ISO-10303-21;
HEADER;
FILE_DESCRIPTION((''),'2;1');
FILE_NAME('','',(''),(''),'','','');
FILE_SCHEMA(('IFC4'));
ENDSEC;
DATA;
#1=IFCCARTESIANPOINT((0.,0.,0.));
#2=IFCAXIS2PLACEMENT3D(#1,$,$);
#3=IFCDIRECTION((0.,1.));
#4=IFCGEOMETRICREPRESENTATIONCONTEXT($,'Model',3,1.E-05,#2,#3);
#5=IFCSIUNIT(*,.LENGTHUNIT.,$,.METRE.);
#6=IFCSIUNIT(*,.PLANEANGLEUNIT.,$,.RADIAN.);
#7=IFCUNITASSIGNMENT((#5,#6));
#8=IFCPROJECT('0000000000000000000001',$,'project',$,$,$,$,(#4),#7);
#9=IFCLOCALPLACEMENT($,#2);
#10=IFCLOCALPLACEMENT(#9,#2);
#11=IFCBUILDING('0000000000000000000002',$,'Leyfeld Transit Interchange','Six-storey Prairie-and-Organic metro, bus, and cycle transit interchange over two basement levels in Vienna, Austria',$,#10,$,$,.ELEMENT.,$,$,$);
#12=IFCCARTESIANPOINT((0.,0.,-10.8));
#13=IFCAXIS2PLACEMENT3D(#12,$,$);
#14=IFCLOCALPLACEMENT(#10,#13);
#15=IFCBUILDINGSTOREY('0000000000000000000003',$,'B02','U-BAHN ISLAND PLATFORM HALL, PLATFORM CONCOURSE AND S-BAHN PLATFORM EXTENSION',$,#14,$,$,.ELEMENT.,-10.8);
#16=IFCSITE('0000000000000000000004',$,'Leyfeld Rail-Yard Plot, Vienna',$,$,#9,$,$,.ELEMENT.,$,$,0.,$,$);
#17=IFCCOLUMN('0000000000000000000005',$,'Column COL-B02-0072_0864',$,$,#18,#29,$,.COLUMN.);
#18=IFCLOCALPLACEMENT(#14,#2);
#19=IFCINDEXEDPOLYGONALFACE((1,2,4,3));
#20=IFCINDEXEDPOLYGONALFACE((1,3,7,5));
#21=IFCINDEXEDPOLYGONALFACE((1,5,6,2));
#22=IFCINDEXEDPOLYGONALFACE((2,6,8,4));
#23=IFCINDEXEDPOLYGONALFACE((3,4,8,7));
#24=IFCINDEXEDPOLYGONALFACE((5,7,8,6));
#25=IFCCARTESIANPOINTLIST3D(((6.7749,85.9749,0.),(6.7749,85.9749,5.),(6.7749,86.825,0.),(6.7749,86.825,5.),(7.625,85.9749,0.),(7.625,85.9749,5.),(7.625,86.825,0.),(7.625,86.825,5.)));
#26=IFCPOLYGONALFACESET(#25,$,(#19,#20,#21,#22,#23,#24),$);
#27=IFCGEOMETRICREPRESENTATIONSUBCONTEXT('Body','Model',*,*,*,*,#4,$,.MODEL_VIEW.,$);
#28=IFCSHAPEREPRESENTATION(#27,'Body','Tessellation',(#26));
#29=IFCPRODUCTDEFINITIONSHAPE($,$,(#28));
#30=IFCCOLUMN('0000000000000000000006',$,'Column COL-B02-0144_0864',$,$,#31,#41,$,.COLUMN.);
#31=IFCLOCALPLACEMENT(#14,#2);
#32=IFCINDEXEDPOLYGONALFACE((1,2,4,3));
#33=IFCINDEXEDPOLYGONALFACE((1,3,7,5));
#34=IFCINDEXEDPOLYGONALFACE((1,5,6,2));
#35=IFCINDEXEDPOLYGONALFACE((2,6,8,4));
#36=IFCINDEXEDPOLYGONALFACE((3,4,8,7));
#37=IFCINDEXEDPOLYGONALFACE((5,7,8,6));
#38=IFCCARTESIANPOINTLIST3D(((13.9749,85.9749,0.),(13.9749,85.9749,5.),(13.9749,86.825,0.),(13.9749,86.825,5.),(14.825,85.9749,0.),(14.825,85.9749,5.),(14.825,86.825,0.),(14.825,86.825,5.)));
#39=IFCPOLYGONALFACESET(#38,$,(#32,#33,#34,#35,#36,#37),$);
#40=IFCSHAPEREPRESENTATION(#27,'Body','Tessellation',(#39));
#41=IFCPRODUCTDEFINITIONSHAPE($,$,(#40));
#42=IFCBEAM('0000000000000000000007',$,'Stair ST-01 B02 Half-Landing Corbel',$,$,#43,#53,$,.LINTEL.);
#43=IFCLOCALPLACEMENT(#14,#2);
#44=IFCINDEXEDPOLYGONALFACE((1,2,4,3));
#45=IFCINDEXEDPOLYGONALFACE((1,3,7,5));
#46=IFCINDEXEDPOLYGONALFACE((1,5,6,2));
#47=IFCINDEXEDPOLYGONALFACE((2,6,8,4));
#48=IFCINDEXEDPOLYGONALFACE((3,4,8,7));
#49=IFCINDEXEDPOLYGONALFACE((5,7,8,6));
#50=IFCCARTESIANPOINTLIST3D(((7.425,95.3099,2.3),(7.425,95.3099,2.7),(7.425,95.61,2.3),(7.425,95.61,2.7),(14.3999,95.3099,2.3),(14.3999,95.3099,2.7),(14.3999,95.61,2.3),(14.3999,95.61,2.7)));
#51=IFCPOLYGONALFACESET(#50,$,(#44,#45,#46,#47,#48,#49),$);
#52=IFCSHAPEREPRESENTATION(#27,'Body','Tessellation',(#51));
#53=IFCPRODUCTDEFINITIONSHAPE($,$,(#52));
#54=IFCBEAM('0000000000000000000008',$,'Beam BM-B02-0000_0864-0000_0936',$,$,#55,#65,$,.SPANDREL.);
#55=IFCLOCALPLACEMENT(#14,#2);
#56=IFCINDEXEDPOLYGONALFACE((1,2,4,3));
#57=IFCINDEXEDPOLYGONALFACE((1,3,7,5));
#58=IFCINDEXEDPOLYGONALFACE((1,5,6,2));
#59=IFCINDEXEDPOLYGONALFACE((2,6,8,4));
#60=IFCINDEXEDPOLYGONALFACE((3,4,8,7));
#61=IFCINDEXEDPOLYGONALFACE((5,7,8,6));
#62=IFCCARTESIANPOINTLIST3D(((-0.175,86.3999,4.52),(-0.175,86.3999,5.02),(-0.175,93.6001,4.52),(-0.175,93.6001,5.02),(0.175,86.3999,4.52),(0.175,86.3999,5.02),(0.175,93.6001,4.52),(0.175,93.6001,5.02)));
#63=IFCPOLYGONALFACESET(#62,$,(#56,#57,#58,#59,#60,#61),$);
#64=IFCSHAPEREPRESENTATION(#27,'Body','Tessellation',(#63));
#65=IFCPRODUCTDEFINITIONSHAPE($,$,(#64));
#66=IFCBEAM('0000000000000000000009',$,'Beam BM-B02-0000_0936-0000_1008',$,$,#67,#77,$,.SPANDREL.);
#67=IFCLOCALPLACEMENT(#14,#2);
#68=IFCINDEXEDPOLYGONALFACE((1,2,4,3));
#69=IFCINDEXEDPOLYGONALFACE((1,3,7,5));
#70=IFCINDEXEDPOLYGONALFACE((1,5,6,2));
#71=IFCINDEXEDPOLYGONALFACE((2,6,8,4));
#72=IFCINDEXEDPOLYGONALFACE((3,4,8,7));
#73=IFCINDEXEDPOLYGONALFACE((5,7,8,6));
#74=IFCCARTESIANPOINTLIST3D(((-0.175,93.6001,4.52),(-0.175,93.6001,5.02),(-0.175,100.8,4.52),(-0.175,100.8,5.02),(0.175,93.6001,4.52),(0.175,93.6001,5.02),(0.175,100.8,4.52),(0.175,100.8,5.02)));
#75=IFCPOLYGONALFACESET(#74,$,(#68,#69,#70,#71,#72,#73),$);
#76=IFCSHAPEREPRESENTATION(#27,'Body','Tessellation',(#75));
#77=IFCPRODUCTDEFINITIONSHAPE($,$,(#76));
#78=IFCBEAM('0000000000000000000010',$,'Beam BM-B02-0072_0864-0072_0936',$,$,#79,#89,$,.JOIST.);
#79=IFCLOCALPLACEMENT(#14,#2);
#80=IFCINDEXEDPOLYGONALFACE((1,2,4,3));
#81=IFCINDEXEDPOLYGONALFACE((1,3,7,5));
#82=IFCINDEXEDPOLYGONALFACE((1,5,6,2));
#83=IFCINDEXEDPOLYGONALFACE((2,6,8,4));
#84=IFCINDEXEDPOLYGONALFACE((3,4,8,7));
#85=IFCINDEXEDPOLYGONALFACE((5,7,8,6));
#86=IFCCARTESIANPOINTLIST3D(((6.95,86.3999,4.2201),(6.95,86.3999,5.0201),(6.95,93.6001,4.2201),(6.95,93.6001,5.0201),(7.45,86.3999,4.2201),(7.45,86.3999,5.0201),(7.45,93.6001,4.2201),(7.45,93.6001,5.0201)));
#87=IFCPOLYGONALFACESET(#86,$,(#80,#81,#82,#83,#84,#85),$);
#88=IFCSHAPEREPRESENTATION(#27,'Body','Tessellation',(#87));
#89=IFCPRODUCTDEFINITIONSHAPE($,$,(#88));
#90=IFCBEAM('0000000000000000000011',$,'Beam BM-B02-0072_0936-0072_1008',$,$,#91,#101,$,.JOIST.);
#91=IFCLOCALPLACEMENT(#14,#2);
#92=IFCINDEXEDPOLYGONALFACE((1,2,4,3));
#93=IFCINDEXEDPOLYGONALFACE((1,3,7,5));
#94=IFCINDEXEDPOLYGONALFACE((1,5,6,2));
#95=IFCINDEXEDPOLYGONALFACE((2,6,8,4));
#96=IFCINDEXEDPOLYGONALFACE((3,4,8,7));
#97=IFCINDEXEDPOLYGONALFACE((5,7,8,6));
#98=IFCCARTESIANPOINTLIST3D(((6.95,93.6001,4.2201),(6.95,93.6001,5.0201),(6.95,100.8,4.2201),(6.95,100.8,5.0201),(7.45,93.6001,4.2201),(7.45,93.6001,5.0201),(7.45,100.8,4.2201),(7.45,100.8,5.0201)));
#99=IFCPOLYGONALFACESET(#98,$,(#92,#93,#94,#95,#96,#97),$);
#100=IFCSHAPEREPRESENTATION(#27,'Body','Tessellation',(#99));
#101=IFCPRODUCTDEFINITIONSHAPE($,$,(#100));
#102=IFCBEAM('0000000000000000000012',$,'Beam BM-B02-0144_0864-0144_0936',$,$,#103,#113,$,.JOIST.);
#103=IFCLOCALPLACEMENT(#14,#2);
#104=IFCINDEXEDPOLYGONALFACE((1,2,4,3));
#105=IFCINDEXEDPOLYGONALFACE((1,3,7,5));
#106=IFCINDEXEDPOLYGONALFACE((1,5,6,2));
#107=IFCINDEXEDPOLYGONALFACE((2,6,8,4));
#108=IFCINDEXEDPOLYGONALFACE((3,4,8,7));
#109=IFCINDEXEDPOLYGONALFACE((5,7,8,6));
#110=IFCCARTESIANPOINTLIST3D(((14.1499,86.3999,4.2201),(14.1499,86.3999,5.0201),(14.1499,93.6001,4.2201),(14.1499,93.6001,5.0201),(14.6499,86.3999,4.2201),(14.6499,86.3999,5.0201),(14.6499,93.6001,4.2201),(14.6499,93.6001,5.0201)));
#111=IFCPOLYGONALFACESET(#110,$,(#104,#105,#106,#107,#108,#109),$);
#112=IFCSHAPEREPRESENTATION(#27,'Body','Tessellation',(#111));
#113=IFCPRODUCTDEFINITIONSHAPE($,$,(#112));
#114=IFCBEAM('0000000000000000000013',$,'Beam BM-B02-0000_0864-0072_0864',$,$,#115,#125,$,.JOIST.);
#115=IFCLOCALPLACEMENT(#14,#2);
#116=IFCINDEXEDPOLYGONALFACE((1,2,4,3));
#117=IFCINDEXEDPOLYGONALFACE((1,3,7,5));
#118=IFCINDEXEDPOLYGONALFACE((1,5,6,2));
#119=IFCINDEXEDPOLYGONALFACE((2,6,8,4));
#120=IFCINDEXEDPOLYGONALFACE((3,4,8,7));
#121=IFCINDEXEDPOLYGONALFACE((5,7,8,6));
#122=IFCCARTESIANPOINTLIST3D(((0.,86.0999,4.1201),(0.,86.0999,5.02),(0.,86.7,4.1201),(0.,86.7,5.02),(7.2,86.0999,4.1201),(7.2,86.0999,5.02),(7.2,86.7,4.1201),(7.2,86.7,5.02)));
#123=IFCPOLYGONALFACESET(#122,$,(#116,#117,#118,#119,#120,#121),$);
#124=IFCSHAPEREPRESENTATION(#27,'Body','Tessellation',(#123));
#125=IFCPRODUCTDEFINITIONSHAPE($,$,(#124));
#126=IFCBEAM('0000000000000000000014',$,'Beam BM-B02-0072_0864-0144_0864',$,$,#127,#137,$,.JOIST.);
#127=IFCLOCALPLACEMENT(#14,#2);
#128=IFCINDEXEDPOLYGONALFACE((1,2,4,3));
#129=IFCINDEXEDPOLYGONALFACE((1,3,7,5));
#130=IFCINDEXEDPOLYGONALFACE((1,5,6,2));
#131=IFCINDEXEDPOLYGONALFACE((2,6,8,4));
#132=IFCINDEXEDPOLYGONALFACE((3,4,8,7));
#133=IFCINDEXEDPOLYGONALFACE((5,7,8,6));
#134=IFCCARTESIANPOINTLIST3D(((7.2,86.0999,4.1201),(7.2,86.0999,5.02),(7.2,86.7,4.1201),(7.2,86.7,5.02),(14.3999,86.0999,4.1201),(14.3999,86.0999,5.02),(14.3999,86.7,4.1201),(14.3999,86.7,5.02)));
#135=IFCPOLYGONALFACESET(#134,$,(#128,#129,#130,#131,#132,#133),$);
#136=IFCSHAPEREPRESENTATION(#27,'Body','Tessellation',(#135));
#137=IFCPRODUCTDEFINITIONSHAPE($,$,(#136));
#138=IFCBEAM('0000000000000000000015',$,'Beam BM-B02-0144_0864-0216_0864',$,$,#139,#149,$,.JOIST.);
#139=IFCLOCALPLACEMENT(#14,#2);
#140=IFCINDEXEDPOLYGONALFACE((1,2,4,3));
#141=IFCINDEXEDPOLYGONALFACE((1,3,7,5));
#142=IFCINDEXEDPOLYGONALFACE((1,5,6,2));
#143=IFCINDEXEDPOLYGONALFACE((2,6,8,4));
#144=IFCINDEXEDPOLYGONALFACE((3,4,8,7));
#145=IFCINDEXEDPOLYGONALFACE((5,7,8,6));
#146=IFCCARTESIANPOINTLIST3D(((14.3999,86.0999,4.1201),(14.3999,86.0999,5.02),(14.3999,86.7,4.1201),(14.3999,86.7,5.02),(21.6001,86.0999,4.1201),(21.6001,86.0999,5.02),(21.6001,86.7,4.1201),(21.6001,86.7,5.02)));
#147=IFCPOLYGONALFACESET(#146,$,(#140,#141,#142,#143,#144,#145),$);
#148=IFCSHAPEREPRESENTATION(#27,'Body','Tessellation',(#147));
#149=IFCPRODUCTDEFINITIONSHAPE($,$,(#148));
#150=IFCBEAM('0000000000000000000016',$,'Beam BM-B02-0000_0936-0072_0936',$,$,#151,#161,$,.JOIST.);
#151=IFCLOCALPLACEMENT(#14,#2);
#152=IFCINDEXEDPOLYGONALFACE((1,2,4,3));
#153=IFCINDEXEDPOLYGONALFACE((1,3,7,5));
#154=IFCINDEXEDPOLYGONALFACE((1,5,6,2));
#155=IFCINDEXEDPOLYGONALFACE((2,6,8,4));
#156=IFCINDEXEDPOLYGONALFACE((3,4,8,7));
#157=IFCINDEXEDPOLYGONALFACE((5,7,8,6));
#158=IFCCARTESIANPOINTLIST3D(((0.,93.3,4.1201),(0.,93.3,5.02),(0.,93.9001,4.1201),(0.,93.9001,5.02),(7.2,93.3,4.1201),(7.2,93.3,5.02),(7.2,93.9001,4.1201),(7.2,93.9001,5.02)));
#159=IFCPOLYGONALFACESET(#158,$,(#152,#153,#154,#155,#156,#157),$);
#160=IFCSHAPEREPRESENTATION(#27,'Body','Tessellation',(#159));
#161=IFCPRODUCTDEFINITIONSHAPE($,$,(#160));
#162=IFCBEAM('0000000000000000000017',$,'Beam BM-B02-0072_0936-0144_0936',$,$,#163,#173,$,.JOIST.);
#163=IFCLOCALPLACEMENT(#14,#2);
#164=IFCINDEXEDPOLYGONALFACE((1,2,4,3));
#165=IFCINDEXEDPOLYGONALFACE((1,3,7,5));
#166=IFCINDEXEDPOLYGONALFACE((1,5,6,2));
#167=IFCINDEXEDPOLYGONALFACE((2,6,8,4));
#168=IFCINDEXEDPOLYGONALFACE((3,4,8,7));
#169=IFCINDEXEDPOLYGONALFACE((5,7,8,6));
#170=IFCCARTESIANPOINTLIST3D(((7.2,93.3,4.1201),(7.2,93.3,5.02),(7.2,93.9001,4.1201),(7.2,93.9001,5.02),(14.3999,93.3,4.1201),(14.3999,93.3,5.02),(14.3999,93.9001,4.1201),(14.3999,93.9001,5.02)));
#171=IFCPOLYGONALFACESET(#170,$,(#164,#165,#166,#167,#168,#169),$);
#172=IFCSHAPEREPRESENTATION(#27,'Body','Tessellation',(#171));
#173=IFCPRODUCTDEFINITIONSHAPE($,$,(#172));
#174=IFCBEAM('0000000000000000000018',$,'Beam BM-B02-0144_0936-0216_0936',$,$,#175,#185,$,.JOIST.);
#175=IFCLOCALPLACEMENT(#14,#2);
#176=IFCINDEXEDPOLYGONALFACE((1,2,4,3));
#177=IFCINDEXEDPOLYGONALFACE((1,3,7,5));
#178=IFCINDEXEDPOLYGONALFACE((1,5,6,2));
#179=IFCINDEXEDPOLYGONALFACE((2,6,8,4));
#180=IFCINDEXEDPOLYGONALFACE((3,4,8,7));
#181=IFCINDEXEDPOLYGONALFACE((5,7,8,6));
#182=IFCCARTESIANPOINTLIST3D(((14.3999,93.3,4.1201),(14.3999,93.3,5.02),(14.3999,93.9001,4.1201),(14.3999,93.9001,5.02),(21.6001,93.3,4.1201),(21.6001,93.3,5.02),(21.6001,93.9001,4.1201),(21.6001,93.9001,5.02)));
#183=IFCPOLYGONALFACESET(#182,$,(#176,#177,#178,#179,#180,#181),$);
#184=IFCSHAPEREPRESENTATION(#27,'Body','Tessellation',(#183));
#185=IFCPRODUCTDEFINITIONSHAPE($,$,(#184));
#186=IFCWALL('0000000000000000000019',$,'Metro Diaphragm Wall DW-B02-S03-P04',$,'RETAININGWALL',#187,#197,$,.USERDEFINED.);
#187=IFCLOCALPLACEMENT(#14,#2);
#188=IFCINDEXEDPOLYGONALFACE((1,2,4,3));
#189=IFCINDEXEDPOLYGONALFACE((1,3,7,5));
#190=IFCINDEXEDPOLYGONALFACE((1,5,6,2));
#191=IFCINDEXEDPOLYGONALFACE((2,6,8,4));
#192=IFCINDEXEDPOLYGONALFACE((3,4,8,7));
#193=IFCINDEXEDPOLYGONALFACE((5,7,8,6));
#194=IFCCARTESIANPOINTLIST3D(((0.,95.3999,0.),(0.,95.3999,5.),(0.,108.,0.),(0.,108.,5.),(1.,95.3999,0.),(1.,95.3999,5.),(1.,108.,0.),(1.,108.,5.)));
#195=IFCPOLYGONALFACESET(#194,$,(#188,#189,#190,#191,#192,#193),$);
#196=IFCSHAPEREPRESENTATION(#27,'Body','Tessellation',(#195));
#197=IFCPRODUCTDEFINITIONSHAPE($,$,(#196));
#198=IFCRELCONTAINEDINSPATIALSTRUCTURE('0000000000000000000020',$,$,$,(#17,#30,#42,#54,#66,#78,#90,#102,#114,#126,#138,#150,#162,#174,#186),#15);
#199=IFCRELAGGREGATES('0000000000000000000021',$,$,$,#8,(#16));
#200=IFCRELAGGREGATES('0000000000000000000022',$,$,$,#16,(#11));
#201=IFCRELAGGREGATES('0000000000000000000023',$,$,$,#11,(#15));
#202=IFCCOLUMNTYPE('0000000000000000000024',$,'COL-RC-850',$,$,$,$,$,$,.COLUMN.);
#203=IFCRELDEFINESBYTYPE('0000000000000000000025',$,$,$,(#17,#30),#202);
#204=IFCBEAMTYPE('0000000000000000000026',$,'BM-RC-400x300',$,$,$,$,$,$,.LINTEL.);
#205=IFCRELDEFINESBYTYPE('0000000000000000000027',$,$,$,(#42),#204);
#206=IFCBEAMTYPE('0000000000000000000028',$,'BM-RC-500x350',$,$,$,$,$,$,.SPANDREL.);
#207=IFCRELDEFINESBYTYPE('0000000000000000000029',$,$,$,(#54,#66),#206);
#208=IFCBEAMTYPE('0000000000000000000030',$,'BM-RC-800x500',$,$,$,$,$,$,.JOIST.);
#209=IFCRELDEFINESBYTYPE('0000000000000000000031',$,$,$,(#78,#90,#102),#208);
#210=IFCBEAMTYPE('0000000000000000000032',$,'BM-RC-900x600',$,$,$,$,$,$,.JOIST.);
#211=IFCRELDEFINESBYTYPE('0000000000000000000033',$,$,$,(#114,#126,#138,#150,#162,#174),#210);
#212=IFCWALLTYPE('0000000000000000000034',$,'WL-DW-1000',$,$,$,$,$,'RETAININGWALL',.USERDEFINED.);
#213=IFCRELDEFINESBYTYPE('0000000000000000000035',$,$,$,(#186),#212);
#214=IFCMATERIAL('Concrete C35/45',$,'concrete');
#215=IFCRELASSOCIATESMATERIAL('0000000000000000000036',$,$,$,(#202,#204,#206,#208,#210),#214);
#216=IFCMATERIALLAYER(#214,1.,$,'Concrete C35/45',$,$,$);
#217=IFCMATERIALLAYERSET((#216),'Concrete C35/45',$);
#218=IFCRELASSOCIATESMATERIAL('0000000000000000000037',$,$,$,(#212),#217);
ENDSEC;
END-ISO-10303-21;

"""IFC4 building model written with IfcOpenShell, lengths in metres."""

from ifc_helpers import new_model, si_unit, direction, frame, frame_2d, origin, origin_2d, place, context, subcontext, project, spatial, rectangle, extrude, material, layer, layer_set, material_profile, profile_set, type_object, element, save


model = new_model("IFC4")

# Units and contexts
model_context = context("Model", 3, precision=1e-05, world=origin(), true_north=direction((0.0, 1.0)))
body_context = subcontext(model_context, "Body", "Model", "MODEL_VIEW")
ifc_project = project(units=[si_unit("LENGTHUNIT", "METRE"), si_unit("PLANEANGLEUNIT", "RADIAN")], contexts=[model_context])

# Site, building, storey
site_placement = place(None, origin())
site = spatial("IfcSite", under=ifc_project, at=site_placement, Name="Leyfeld Rail-Yard Plot, Vienna", CompositionType="ELEMENT", RefElevation=0.0)
building_placement = place(site_placement, origin())
building = spatial("IfcBuilding", under=site, at=building_placement, Name="Leyfeld Transit Interchange", Description="Six-storey Prairie-and-Organic metro, bus, and cycle transit interchange over two basement levels in Vienna, Austria", CompositionType="ELEMENT")
storey_placement = place(building_placement, frame((0.0, 0.0, -10.8)))
storey = spatial("IfcBuildingStorey", under=building, at=storey_placement, Name="B02", Description="U-BAHN ISLAND PLATFORM HALL, PLATFORM CONCOURSE AND S-BAHN PLATFORM EXTENSION", CompositionType="ELEMENT", Elevation=-10.8)

# Shared definitions
ifc_material_1 = material(Name="Concrete C35/45", Category="concrete")

# Columns
ifc_material_profile_1 = material_profile(ifc_material_1, rectangle(XDim=0.8501, YDim=0.8501, at=origin_2d()), Name="RC 850x850")
ifc_profile_set_1 = profile_set([ifc_material_profile_1], Name="Concrete C35/45")
column_type_1 = type_object("IfcColumnType", Name="COL-RC-850", PredefinedType="COLUMN", material=ifc_profile_set_1)
for number, where, z_axis, x_axis, name in (
    (1, (7.2, 86.3999, 0.0), (0.0, 0.0, 1.0), (1.0, 0.0, 0.0), "Column COL-B02-0072_0864"),
    (2, (14.3999, 86.3999, 0.0), (0.0, 0.0, 1.0), (1.0, 0.0, 0.0), "Column COL-B02-0144_0864"),
):
    element("IfcColumn", number, at=place(storey_placement, frame(where, z_axis=z_axis, x_axis=x_axis)), inside=storey, type_object=column_type_1, Name=name, PredefinedType="COLUMN", context=body_context, shape_type="SweptSolid", body=[
        extrude(rectangle(XDim=0.8501, YDim=0.8501, at=origin_2d()), origin(), (0.0, 0.0, 1.0), 5.0),
    ])

# Beams
ifc_material_profile_2 = material_profile(ifc_material_1, rectangle(XDim=0.3, YDim=0.3999, at=origin_2d()), Name="RC 400x300")
ifc_profile_set_2 = profile_set([ifc_material_profile_2], Name="Concrete C35/45")
beam_type_1 = type_object("IfcBeamType", Name="BM-RC-400x300", PredefinedType="LINTEL", material=ifc_profile_set_2)
beam_1_placement = place(storey_placement, frame((7.425, 95.46, 2.5), z_axis=(1.0, 0.0, 0.0), x_axis=(0.0, 1.0, 0.0)))
element("IfcBeam", 3, at=beam_1_placement, inside=storey, type_object=beam_type_1, Name="Stair ST-01 B02 Half-Landing Corbel", PredefinedType="LINTEL", context=body_context, shape_type="SweptSolid", body=[
    extrude(rectangle(XDim=0.3, YDim=0.3999, at=origin_2d()), origin(), (0.0, 0.0, 1.0), 6.9749),
])
ifc_material_profile_3 = material_profile(ifc_material_1, rectangle(XDim=0.3501, YDim=0.5, at=origin_2d()), Name="RC 500x350")
ifc_profile_set_3 = profile_set([ifc_material_profile_3], Name="Concrete C35/45")
beam_type_2 = type_object("IfcBeamType", Name="BM-RC-500x350", PredefinedType="SPANDREL", material=ifc_profile_set_3)
beam_2_placement = place(storey_placement, frame((0.0, 86.3999, 4.77), z_axis=(0.0, 1.0, 0.0), x_axis=(-1.0, 0.0, 0.0)))
element("IfcBeam", 4, at=beam_2_placement, inside=storey, type_object=beam_type_2, Name="Beam BM-B02-0000_0864-0000_0936", PredefinedType="SPANDREL", context=body_context, shape_type="SweptSolid", body=[
    extrude(rectangle(XDim=0.3501, YDim=0.5, at=origin_2d()), origin(), (0.0, 0.0, 1.0), 7.2002),
])
beam_3_placement = place(storey_placement, frame((0.0, 93.6001, 4.77), z_axis=(0.0, 1.0, 0.0), x_axis=(-1.0, 0.0, 0.0)))
element("IfcBeam", 5, at=beam_3_placement, inside=storey, type_object=beam_type_2, Name="Beam BM-B02-0000_0936-0000_1008", PredefinedType="SPANDREL", context=body_context, shape_type="SweptSolid", body=[
    extrude(rectangle(XDim=0.3501, YDim=0.5, at=origin_2d()), origin(), (0.0, 0.0, 1.0), 7.2),
])
ifc_material_profile_4 = material_profile(ifc_material_1, rectangle(XDim=0.5, YDim=0.8, at=origin_2d()), Name="RC 800x500")
ifc_profile_set_4 = profile_set([ifc_material_profile_4], Name="Concrete C35/45")
beam_type_3 = type_object("IfcBeamType", Name="BM-RC-800x500", PredefinedType="JOIST", material=ifc_profile_set_4)
beam_4_placement = place(storey_placement, frame((7.2, 86.3999, 4.6201), z_axis=(0.0, 1.0, 0.0), x_axis=(-1.0, 0.0, 0.0)))
element("IfcBeam", 6, at=beam_4_placement, inside=storey, type_object=beam_type_3, Name="Beam BM-B02-0072_0864-0072_0936", PredefinedType="JOIST", context=body_context, shape_type="SweptSolid", body=[
    extrude(rectangle(XDim=0.5, YDim=0.8, at=origin_2d()), origin(), (0.0, 0.0, 1.0), 7.2002),
])
beam_5_placement = place(storey_placement, frame((7.2, 93.6001, 4.6201), z_axis=(0.0, 1.0, 0.0), x_axis=(-1.0, 0.0, 0.0)))
element("IfcBeam", 7, at=beam_5_placement, inside=storey, type_object=beam_type_3, Name="Beam BM-B02-0072_0936-0072_1008", PredefinedType="JOIST", context=body_context, shape_type="SweptSolid", body=[
    extrude(rectangle(XDim=0.5, YDim=0.8, at=origin_2d()), origin(), (0.0, 0.0, 1.0), 7.2),
])
beam_6_placement = place(storey_placement, frame((14.3999, 86.3999, 4.6201), z_axis=(0.0, 1.0, 0.0), x_axis=(-1.0, 0.0, 0.0)))
element("IfcBeam", 8, at=beam_6_placement, inside=storey, type_object=beam_type_3, Name="Beam BM-B02-0144_0864-0144_0936", PredefinedType="JOIST", context=body_context, shape_type="SweptSolid", body=[
    extrude(rectangle(XDim=0.5, YDim=0.8, at=origin_2d()), origin(), (0.0, 0.0, 1.0), 7.2002),
])
ifc_material_profile_5 = material_profile(ifc_material_1, rectangle(XDim=0.6001, YDim=0.8999, at=origin_2d()), Name="RC 900x600")
ifc_profile_set_5 = profile_set([ifc_material_profile_5], Name="Concrete C35/45")
beam_type_4 = type_object("IfcBeamType", Name="BM-RC-900x600", PredefinedType="JOIST", material=ifc_profile_set_5)
for number, where, z_axis, x_axis, name in (
    (9, (0.0, 86.3999, 4.5701), (1.0, 0.0, 0.0), (0.0, 1.0, 0.0), "Beam BM-B02-0000_0864-0072_0864"),
    (10, (7.2, 86.3999, 4.5701), (1.0, 0.0, 0.0), (0.0, 1.0, 0.0), "Beam BM-B02-0072_0864-0144_0864"),
):
    element("IfcBeam", number, at=place(storey_placement, frame(where, z_axis=z_axis, x_axis=x_axis)), inside=storey, type_object=beam_type_4, Name=name, PredefinedType="JOIST", context=body_context, shape_type="SweptSolid", body=[
        extrude(rectangle(XDim=0.6001, YDim=0.8999, at=origin_2d()), origin(), (0.0, 0.0, 1.0), 7.2),
    ])
beam_7_placement = place(storey_placement, frame((14.3999, 86.3999, 4.5701), z_axis=(1.0, 0.0, 0.0), x_axis=(0.0, 1.0, 0.0)))
element("IfcBeam", 11, at=beam_7_placement, inside=storey, type_object=beam_type_4, Name="Beam BM-B02-0144_0864-0216_0864", PredefinedType="JOIST", context=body_context, shape_type="SweptSolid", body=[
    extrude(rectangle(XDim=0.6001, YDim=0.8999, at=origin_2d()), origin(), (0.0, 0.0, 1.0), 7.2002),
])
for number, where, z_axis, x_axis, name in (
    (12, (0.0, 93.6001, 4.5701), (1.0, 0.0, 0.0), (0.0, 1.0, 0.0), "Beam BM-B02-0000_0936-0072_0936"),
    (13, (7.2, 93.6001, 4.5701), (1.0, 0.0, 0.0), (0.0, 1.0, 0.0), "Beam BM-B02-0072_0936-0144_0936"),
):
    element("IfcBeam", number, at=place(storey_placement, frame(where, z_axis=z_axis, x_axis=x_axis)), inside=storey, type_object=beam_type_4, Name=name, PredefinedType="JOIST", context=body_context, shape_type="SweptSolid", body=[
        extrude(rectangle(XDim=0.6001, YDim=0.8999, at=origin_2d()), origin(), (0.0, 0.0, 1.0), 7.2),
    ])
beam_8_placement = place(storey_placement, frame((14.3999, 93.6001, 4.5701), z_axis=(1.0, 0.0, 0.0), x_axis=(0.0, 1.0, 0.0)))
element("IfcBeam", 14, at=beam_8_placement, inside=storey, type_object=beam_type_4, Name="Beam BM-B02-0144_0936-0216_0936", PredefinedType="JOIST", context=body_context, shape_type="SweptSolid", body=[
    extrude(rectangle(XDim=0.6001, YDim=0.8999, at=origin_2d()), origin(), (0.0, 0.0, 1.0), 7.2002),
])

# Wall
ifc_layer_1 = layer(ifc_material_1, 1.0, Name="Concrete C35/45")
ifc_layer_set_1 = layer_set([ifc_layer_1], Name="Concrete C35/45")
wall_type_1 = type_object("IfcWallType", Name="WL-DW-1000", ElementType="RETAININGWALL", PredefinedType="USERDEFINED", material=ifc_layer_set_1)
wall_1_placement = place(storey_placement, frame((0.5, 95.3999, 0.0), z_axis=(0.0, 0.0, 1.0), x_axis=(0.0, 1.0, 0.0)))
element("IfcWall", 15, at=wall_1_placement, inside=storey, type_object=wall_type_1, Name="Metro Diaphragm Wall DW-B02-S03-P04", ObjectType="RETAININGWALL", PredefinedType="USERDEFINED", context=body_context, shape_type="SweptSolid", body=[
    extrude(rectangle(XDim=12.6001, YDim=1.0, at=frame_2d((6.3, 0.0))), origin(), (0.0, 0.0, 1.0), 5.0),
])

save(model, "model.ifc")
